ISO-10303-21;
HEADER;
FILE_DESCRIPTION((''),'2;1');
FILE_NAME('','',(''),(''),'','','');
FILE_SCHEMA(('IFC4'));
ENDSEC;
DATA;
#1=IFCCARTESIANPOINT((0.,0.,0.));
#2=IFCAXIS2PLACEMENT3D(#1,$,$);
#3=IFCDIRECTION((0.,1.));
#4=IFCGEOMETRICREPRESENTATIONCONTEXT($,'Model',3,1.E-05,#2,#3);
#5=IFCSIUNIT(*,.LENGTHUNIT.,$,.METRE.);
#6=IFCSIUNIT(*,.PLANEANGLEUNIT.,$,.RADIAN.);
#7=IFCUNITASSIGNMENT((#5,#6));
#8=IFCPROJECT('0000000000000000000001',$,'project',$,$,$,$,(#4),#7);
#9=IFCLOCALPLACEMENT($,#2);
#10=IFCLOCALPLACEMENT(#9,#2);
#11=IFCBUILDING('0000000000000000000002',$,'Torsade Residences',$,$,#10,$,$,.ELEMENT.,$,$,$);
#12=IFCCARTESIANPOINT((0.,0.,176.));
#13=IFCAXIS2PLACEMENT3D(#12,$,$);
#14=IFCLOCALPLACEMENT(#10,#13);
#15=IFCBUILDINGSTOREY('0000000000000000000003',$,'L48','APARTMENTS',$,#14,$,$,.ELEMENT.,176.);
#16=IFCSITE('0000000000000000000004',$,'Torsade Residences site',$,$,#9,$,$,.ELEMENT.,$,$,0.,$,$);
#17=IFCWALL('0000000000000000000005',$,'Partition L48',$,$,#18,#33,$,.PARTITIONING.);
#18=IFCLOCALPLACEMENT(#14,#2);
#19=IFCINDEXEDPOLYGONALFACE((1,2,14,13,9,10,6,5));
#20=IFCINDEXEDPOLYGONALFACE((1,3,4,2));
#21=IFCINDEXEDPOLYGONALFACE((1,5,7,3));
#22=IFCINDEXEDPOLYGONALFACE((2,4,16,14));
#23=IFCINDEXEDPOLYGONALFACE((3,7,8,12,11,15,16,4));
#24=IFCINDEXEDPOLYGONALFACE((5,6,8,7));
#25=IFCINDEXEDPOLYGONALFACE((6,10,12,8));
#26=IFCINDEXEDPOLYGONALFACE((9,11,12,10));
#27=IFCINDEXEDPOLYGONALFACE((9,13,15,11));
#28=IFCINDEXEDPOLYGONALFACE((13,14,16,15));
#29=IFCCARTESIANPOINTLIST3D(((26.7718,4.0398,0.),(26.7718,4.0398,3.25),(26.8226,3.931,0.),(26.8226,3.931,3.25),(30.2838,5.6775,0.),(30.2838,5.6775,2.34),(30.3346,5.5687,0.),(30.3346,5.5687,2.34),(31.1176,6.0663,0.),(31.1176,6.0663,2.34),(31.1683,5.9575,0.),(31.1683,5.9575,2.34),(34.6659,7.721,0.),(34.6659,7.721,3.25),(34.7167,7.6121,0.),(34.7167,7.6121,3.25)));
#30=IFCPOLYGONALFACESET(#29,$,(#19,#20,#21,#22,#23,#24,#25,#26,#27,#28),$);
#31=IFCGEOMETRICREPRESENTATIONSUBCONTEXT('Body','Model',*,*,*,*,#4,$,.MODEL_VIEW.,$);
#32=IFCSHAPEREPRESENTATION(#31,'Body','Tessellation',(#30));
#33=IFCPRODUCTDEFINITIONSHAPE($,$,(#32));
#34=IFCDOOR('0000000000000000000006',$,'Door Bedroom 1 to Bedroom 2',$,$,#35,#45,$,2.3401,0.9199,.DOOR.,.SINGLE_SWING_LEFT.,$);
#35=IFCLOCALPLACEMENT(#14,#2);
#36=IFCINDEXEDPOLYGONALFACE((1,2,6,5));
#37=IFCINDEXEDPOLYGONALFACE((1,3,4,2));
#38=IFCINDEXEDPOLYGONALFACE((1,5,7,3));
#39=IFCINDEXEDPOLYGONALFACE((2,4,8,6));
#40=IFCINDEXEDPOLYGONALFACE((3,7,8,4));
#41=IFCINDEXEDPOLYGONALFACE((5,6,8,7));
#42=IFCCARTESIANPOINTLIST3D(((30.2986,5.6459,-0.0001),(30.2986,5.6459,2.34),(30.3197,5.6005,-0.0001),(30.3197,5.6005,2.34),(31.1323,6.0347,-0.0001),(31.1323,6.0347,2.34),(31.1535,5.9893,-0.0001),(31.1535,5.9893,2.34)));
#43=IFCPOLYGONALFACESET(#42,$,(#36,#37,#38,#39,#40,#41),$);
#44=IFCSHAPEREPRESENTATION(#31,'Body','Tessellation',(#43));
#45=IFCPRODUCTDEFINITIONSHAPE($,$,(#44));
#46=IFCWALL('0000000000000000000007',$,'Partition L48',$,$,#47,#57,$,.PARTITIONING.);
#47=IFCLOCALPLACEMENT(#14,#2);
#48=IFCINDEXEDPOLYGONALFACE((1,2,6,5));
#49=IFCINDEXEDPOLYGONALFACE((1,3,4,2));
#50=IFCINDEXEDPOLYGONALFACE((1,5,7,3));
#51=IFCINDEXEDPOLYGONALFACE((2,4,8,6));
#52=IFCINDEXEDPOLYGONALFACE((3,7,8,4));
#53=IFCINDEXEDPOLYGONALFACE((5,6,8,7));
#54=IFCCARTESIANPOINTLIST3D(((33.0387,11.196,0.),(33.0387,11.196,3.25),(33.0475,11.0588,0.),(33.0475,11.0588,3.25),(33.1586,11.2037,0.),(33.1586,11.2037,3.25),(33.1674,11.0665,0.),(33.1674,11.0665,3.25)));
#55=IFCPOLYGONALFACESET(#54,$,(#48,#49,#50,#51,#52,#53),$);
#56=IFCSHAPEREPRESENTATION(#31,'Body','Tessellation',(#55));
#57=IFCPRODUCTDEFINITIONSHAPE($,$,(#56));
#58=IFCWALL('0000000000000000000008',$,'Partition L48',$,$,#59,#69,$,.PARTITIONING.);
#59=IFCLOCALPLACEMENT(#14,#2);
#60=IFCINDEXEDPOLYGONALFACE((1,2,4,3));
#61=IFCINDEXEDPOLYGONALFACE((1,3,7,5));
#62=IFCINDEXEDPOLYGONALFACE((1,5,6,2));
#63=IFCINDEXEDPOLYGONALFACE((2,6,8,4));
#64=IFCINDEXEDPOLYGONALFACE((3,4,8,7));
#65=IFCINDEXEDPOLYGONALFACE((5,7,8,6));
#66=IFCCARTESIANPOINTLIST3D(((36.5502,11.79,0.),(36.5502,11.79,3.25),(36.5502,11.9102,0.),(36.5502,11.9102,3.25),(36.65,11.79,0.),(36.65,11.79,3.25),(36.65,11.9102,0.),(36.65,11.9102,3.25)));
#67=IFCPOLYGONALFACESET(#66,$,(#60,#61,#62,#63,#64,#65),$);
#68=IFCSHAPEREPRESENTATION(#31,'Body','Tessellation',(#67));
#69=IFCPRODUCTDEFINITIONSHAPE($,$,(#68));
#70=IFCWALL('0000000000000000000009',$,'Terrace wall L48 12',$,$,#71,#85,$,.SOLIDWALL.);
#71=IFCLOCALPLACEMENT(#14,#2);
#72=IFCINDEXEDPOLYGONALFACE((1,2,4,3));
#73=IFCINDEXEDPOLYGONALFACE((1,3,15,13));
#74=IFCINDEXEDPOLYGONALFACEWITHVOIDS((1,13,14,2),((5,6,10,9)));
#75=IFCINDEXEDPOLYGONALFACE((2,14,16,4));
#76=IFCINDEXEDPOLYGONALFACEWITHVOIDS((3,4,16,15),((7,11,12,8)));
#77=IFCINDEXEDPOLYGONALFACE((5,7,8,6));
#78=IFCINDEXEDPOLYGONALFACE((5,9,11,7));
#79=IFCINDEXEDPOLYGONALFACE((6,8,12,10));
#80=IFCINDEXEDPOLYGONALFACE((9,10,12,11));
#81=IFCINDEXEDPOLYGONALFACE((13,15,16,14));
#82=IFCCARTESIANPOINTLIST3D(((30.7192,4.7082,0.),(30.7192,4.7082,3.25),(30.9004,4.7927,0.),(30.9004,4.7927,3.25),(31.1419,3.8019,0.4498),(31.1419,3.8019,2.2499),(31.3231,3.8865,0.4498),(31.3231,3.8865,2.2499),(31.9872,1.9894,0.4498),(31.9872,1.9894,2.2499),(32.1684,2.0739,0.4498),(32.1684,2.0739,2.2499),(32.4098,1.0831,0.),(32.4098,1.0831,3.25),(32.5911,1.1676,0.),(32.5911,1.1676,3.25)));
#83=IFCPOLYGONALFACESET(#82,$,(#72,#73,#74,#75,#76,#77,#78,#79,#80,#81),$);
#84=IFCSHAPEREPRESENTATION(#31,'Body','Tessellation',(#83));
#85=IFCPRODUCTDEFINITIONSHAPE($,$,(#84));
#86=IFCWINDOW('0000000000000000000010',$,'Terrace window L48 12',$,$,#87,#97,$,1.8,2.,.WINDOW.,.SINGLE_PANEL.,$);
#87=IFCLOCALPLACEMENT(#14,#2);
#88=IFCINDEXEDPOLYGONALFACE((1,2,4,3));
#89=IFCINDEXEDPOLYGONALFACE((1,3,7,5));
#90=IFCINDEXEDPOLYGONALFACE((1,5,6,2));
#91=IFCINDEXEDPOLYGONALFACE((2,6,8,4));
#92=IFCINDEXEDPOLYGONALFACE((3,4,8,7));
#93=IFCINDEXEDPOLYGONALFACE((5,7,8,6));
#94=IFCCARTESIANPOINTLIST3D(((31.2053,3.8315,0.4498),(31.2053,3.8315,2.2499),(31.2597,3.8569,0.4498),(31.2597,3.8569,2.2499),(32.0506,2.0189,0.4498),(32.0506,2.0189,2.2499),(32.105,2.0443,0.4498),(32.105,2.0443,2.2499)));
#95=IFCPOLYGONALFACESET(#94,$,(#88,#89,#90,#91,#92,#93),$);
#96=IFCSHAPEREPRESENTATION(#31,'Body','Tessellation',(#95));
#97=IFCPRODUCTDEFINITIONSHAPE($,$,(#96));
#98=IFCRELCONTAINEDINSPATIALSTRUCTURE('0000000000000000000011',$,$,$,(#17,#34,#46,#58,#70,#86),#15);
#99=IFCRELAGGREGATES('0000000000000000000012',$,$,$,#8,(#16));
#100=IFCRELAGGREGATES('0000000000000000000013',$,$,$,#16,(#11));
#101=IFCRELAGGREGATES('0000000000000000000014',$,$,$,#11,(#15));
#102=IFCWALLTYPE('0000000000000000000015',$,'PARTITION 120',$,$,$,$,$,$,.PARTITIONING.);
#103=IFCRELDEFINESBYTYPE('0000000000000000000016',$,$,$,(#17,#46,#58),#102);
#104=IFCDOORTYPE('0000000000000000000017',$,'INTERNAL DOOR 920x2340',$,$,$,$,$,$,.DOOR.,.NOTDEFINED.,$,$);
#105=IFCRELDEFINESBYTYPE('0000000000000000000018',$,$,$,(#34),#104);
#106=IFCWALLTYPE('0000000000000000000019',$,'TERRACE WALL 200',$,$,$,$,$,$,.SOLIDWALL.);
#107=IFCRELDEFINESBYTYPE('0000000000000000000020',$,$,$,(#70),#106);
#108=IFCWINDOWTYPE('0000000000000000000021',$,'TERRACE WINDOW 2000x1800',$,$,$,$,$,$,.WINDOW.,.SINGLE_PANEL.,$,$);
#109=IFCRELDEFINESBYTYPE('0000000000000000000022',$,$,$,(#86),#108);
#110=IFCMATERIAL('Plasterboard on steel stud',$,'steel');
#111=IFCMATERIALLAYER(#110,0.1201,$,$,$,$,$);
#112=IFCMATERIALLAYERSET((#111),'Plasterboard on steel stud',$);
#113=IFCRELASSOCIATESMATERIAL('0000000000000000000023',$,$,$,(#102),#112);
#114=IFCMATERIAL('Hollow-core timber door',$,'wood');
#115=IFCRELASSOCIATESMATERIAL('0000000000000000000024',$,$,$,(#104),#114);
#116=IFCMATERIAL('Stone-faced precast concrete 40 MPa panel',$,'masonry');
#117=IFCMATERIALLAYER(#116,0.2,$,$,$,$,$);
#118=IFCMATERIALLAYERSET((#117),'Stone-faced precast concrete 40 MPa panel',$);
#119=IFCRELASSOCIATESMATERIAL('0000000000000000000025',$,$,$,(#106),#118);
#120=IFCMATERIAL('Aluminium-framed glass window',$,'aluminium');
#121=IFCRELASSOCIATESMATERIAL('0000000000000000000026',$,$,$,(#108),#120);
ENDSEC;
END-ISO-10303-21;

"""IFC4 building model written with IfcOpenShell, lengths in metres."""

from ifc_helpers import new_model, si_unit, direction, frame, frame_2d, origin, place, context, subcontext, project, spatial, rectangle, extrude, material, layer, layer_set, type_object, element, fill, save


model = new_model("IFC4")

# Units and contexts
model_context = context("Model", 3, precision=1e-05, world=origin(), true_north=direction((0.0, 1.0)))
body_context = subcontext(model_context, "Body", "Model", "MODEL_VIEW")
ifc_project = project(units=[si_unit("LENGTHUNIT", "METRE"), si_unit("PLANEANGLEUNIT", "RADIAN")], contexts=[model_context])

# Site, building, storey
site_placement = place(None, origin())
site = spatial("IfcSite", under=ifc_project, at=site_placement, Name="Torsade Residences site", CompositionType="ELEMENT", RefElevation=0.0)
building_placement = place(site_placement, origin())
building = spatial("IfcBuilding", under=site, at=building_placement, Name="Torsade Residences", CompositionType="ELEMENT")
storey_placement = place(building_placement, frame((0.0, 0.0, 176.0)))
storey = spatial("IfcBuildingStorey", under=building, at=storey_placement, Name="L48", Description="APARTMENTS", CompositionType="ELEMENT", Elevation=176.0)

# Shared definitions
ifc_material_1 = material(Name="Plasterboard on steel stud", Category="steel")
ifc_layer_1 = layer(ifc_material_1, 0.1201)
ifc_layer_set_1 = layer_set([ifc_layer_1], Name="Plasterboard on steel stud")
wall_type_1 = type_object("IfcWallType", Name="PARTITION 120", PredefinedType="PARTITIONING", material=ifc_layer_set_1)
ifc_material_2 = material(Name="Hollow-core timber door", Category="wood")
door_type = type_object("IfcDoorType", Name="INTERNAL DOOR 920x2340", OperationType="NOTDEFINED", PredefinedType="DOOR", material=ifc_material_2)

# Wall, opening, door
wall_1_placement = place(storey_placement, frame((34.6912, 7.6665, 0.0), z_axis=(0.0, 0.0, 1.0), x_axis=(-0.906303, -0.422628, 0.0)))
wall_1 = element("IfcWall", 1, at=wall_1_placement, inside=storey, type_object=wall_type_1, Name="Partition L48", PredefinedType="PARTITIONING", context=body_context, shape_type="SweptSolid", body=[
    extrude(rectangle(XDim=8.7102, YDim=0.1201, at=frame_2d((4.355, 0.0))), origin(), (0.0, 0.0, 1.0), 3.25),
])
opening_1_placement = place(wall_1_placement, frame((3.915, 0.0, 0.0)))
opening_1 = element("IfcOpeningElement", 2, at=opening_1_placement, cuts=wall_1, PredefinedType="OPENING", context=body_context, shape_type="SweptSolid", body=[
    extrude(rectangle(XDim=0.9199, YDim=2.3401, at=frame_2d((0.46, 1.1699))), frame((0.0, 0.0701, 0.0), z_axis=(0.0, -1.0, 0.0), x_axis=(1.0, 0.0, 0.0)), (0.0, 0.0, 1.0), 0.1401),
])
door_1_placement = place(opening_1_placement, origin())
door_1 = element("IfcDoor", 3, at=door_1_placement, inside=storey, type_object=door_type, Name="Door Bedroom 1 to Bedroom 2", OperationType="SINGLE_SWING_LEFT", OverallHeight=2.3401, OverallWidth=0.9199, PredefinedType="DOOR", context=body_context, shape_type="SweptSolid", body=[
    extrude(rectangle(XDim=0.9199, YDim=2.3401, at=frame_2d((0.46, 1.1699))), frame((0.0, 0.0249, 0.0), z_axis=(0.0, -1.0, 0.0), x_axis=(1.0, 0.0, 0.0)), (0.0, 0.0, 1.0), 0.05),
])
fill(opening_1, door_1)

# Walls
wall_2_placement = place(storey_placement, frame((33.0986, 11.2, 0.0), z_axis=(0.0, 0.0, 1.0), x_axis=(0.063926, -0.997955, 0.0)))
element("IfcWall", 4, at=wall_2_placement, inside=storey, type_object=wall_type_1, Name="Partition L48", PredefinedType="PARTITIONING", context=body_context, shape_type="SweptSolid", body=[
    extrude(rectangle(XDim=0.1375, YDim=0.1201, at=frame_2d((0.0688, 0.0))), origin(), (0.0, 0.0, 1.0), 3.25),
])
wall_3_placement = place(storey_placement, frame((36.6499, 11.8501, 0.0), z_axis=(0.0, 0.0, 1.0), x_axis=(-1.0, 0.0, 0.0)))
element("IfcWall", 5, at=wall_3_placement, inside=storey, type_object=wall_type_1, Name="Partition L48", PredefinedType="PARTITIONING", context=body_context, shape_type="SweptSolid", body=[
    extrude(rectangle(XDim=0.0999, YDim=0.1201, at=frame_2d((0.0498, 0.0))), origin(), (0.0, 0.0, 1.0), 3.25),
])

# Wall, opening, window
ifc_material_3 = material(Name="Stone-faced precast concrete 40 MPa panel", Category="masonry")
ifc_layer_2 = layer(ifc_material_3, 0.2)
ifc_layer_set_2 = layer_set([ifc_layer_2], Name="Stone-faced precast concrete 40 MPa panel")
wall_type_2 = type_object("IfcWallType", Name="TERRACE WALL 200", PredefinedType="SOLIDWALL", material=ifc_layer_set_2)
wall_4_placement = place(storey_placement, frame((30.8098, 4.7505, 0.0), z_axis=(0.0, 0.0, 1.0), x_axis=(0.422658, -0.906289, 0.0)))
wall_4 = element("IfcWall", 6, at=wall_4_placement, inside=storey, type_object=wall_type_2, Name="Terrace wall L48 12", PredefinedType="SOLIDWALL", context=body_context, shape_type="SweptSolid", body=[
    extrude(rectangle(XDim=4.0, YDim=0.2, at=frame_2d((2.0, 0.0))), origin(), (0.0, 0.0, 1.0), 3.25),
])
opening_2_placement = place(wall_4_placement, frame((1.0, 0.0, 0.45)))
opening_2 = element("IfcOpeningElement", 7, at=opening_2_placement, cuts=wall_4, PredefinedType="OPENING", context=body_context, shape_type="SweptSolid", body=[
    extrude(rectangle(XDim=2.0, YDim=1.8, at=frame_2d((1.0, 0.8999))), frame((0.0, 0.1099, 0.0), z_axis=(0.0, -1.0, 0.0), x_axis=(1.0, 0.0, 0.0)), (0.0, 0.0, 1.0), 0.22),
])
ifc_material_4 = material(Name="Aluminium-framed glass window", Category="aluminium")
window_type = type_object("IfcWindowType", Name="TERRACE WINDOW 2000x1800", PartitioningType="SINGLE_PANEL", PredefinedType="WINDOW", material=ifc_material_4)
window_placement = place(opening_2_placement, origin())
window = element("IfcWindow", 8, at=window_placement, inside=storey, type_object=window_type, Name="Terrace window L48 12", OverallHeight=1.8, OverallWidth=2.0, PartitioningType="SINGLE_PANEL", PredefinedType="WINDOW", context=body_context, shape_type="SweptSolid", body=[
    extrude(rectangle(XDim=2.0, YDim=1.8, at=frame_2d((1.0, 0.8999))), frame((0.0, 0.03, 0.0), z_axis=(0.0, -1.0, 0.0), x_axis=(1.0, 0.0, 0.0)), (0.0, 0.0, 1.0), 0.0601),
])
fill(opening_2, window)

save(model, "model.ifc")
